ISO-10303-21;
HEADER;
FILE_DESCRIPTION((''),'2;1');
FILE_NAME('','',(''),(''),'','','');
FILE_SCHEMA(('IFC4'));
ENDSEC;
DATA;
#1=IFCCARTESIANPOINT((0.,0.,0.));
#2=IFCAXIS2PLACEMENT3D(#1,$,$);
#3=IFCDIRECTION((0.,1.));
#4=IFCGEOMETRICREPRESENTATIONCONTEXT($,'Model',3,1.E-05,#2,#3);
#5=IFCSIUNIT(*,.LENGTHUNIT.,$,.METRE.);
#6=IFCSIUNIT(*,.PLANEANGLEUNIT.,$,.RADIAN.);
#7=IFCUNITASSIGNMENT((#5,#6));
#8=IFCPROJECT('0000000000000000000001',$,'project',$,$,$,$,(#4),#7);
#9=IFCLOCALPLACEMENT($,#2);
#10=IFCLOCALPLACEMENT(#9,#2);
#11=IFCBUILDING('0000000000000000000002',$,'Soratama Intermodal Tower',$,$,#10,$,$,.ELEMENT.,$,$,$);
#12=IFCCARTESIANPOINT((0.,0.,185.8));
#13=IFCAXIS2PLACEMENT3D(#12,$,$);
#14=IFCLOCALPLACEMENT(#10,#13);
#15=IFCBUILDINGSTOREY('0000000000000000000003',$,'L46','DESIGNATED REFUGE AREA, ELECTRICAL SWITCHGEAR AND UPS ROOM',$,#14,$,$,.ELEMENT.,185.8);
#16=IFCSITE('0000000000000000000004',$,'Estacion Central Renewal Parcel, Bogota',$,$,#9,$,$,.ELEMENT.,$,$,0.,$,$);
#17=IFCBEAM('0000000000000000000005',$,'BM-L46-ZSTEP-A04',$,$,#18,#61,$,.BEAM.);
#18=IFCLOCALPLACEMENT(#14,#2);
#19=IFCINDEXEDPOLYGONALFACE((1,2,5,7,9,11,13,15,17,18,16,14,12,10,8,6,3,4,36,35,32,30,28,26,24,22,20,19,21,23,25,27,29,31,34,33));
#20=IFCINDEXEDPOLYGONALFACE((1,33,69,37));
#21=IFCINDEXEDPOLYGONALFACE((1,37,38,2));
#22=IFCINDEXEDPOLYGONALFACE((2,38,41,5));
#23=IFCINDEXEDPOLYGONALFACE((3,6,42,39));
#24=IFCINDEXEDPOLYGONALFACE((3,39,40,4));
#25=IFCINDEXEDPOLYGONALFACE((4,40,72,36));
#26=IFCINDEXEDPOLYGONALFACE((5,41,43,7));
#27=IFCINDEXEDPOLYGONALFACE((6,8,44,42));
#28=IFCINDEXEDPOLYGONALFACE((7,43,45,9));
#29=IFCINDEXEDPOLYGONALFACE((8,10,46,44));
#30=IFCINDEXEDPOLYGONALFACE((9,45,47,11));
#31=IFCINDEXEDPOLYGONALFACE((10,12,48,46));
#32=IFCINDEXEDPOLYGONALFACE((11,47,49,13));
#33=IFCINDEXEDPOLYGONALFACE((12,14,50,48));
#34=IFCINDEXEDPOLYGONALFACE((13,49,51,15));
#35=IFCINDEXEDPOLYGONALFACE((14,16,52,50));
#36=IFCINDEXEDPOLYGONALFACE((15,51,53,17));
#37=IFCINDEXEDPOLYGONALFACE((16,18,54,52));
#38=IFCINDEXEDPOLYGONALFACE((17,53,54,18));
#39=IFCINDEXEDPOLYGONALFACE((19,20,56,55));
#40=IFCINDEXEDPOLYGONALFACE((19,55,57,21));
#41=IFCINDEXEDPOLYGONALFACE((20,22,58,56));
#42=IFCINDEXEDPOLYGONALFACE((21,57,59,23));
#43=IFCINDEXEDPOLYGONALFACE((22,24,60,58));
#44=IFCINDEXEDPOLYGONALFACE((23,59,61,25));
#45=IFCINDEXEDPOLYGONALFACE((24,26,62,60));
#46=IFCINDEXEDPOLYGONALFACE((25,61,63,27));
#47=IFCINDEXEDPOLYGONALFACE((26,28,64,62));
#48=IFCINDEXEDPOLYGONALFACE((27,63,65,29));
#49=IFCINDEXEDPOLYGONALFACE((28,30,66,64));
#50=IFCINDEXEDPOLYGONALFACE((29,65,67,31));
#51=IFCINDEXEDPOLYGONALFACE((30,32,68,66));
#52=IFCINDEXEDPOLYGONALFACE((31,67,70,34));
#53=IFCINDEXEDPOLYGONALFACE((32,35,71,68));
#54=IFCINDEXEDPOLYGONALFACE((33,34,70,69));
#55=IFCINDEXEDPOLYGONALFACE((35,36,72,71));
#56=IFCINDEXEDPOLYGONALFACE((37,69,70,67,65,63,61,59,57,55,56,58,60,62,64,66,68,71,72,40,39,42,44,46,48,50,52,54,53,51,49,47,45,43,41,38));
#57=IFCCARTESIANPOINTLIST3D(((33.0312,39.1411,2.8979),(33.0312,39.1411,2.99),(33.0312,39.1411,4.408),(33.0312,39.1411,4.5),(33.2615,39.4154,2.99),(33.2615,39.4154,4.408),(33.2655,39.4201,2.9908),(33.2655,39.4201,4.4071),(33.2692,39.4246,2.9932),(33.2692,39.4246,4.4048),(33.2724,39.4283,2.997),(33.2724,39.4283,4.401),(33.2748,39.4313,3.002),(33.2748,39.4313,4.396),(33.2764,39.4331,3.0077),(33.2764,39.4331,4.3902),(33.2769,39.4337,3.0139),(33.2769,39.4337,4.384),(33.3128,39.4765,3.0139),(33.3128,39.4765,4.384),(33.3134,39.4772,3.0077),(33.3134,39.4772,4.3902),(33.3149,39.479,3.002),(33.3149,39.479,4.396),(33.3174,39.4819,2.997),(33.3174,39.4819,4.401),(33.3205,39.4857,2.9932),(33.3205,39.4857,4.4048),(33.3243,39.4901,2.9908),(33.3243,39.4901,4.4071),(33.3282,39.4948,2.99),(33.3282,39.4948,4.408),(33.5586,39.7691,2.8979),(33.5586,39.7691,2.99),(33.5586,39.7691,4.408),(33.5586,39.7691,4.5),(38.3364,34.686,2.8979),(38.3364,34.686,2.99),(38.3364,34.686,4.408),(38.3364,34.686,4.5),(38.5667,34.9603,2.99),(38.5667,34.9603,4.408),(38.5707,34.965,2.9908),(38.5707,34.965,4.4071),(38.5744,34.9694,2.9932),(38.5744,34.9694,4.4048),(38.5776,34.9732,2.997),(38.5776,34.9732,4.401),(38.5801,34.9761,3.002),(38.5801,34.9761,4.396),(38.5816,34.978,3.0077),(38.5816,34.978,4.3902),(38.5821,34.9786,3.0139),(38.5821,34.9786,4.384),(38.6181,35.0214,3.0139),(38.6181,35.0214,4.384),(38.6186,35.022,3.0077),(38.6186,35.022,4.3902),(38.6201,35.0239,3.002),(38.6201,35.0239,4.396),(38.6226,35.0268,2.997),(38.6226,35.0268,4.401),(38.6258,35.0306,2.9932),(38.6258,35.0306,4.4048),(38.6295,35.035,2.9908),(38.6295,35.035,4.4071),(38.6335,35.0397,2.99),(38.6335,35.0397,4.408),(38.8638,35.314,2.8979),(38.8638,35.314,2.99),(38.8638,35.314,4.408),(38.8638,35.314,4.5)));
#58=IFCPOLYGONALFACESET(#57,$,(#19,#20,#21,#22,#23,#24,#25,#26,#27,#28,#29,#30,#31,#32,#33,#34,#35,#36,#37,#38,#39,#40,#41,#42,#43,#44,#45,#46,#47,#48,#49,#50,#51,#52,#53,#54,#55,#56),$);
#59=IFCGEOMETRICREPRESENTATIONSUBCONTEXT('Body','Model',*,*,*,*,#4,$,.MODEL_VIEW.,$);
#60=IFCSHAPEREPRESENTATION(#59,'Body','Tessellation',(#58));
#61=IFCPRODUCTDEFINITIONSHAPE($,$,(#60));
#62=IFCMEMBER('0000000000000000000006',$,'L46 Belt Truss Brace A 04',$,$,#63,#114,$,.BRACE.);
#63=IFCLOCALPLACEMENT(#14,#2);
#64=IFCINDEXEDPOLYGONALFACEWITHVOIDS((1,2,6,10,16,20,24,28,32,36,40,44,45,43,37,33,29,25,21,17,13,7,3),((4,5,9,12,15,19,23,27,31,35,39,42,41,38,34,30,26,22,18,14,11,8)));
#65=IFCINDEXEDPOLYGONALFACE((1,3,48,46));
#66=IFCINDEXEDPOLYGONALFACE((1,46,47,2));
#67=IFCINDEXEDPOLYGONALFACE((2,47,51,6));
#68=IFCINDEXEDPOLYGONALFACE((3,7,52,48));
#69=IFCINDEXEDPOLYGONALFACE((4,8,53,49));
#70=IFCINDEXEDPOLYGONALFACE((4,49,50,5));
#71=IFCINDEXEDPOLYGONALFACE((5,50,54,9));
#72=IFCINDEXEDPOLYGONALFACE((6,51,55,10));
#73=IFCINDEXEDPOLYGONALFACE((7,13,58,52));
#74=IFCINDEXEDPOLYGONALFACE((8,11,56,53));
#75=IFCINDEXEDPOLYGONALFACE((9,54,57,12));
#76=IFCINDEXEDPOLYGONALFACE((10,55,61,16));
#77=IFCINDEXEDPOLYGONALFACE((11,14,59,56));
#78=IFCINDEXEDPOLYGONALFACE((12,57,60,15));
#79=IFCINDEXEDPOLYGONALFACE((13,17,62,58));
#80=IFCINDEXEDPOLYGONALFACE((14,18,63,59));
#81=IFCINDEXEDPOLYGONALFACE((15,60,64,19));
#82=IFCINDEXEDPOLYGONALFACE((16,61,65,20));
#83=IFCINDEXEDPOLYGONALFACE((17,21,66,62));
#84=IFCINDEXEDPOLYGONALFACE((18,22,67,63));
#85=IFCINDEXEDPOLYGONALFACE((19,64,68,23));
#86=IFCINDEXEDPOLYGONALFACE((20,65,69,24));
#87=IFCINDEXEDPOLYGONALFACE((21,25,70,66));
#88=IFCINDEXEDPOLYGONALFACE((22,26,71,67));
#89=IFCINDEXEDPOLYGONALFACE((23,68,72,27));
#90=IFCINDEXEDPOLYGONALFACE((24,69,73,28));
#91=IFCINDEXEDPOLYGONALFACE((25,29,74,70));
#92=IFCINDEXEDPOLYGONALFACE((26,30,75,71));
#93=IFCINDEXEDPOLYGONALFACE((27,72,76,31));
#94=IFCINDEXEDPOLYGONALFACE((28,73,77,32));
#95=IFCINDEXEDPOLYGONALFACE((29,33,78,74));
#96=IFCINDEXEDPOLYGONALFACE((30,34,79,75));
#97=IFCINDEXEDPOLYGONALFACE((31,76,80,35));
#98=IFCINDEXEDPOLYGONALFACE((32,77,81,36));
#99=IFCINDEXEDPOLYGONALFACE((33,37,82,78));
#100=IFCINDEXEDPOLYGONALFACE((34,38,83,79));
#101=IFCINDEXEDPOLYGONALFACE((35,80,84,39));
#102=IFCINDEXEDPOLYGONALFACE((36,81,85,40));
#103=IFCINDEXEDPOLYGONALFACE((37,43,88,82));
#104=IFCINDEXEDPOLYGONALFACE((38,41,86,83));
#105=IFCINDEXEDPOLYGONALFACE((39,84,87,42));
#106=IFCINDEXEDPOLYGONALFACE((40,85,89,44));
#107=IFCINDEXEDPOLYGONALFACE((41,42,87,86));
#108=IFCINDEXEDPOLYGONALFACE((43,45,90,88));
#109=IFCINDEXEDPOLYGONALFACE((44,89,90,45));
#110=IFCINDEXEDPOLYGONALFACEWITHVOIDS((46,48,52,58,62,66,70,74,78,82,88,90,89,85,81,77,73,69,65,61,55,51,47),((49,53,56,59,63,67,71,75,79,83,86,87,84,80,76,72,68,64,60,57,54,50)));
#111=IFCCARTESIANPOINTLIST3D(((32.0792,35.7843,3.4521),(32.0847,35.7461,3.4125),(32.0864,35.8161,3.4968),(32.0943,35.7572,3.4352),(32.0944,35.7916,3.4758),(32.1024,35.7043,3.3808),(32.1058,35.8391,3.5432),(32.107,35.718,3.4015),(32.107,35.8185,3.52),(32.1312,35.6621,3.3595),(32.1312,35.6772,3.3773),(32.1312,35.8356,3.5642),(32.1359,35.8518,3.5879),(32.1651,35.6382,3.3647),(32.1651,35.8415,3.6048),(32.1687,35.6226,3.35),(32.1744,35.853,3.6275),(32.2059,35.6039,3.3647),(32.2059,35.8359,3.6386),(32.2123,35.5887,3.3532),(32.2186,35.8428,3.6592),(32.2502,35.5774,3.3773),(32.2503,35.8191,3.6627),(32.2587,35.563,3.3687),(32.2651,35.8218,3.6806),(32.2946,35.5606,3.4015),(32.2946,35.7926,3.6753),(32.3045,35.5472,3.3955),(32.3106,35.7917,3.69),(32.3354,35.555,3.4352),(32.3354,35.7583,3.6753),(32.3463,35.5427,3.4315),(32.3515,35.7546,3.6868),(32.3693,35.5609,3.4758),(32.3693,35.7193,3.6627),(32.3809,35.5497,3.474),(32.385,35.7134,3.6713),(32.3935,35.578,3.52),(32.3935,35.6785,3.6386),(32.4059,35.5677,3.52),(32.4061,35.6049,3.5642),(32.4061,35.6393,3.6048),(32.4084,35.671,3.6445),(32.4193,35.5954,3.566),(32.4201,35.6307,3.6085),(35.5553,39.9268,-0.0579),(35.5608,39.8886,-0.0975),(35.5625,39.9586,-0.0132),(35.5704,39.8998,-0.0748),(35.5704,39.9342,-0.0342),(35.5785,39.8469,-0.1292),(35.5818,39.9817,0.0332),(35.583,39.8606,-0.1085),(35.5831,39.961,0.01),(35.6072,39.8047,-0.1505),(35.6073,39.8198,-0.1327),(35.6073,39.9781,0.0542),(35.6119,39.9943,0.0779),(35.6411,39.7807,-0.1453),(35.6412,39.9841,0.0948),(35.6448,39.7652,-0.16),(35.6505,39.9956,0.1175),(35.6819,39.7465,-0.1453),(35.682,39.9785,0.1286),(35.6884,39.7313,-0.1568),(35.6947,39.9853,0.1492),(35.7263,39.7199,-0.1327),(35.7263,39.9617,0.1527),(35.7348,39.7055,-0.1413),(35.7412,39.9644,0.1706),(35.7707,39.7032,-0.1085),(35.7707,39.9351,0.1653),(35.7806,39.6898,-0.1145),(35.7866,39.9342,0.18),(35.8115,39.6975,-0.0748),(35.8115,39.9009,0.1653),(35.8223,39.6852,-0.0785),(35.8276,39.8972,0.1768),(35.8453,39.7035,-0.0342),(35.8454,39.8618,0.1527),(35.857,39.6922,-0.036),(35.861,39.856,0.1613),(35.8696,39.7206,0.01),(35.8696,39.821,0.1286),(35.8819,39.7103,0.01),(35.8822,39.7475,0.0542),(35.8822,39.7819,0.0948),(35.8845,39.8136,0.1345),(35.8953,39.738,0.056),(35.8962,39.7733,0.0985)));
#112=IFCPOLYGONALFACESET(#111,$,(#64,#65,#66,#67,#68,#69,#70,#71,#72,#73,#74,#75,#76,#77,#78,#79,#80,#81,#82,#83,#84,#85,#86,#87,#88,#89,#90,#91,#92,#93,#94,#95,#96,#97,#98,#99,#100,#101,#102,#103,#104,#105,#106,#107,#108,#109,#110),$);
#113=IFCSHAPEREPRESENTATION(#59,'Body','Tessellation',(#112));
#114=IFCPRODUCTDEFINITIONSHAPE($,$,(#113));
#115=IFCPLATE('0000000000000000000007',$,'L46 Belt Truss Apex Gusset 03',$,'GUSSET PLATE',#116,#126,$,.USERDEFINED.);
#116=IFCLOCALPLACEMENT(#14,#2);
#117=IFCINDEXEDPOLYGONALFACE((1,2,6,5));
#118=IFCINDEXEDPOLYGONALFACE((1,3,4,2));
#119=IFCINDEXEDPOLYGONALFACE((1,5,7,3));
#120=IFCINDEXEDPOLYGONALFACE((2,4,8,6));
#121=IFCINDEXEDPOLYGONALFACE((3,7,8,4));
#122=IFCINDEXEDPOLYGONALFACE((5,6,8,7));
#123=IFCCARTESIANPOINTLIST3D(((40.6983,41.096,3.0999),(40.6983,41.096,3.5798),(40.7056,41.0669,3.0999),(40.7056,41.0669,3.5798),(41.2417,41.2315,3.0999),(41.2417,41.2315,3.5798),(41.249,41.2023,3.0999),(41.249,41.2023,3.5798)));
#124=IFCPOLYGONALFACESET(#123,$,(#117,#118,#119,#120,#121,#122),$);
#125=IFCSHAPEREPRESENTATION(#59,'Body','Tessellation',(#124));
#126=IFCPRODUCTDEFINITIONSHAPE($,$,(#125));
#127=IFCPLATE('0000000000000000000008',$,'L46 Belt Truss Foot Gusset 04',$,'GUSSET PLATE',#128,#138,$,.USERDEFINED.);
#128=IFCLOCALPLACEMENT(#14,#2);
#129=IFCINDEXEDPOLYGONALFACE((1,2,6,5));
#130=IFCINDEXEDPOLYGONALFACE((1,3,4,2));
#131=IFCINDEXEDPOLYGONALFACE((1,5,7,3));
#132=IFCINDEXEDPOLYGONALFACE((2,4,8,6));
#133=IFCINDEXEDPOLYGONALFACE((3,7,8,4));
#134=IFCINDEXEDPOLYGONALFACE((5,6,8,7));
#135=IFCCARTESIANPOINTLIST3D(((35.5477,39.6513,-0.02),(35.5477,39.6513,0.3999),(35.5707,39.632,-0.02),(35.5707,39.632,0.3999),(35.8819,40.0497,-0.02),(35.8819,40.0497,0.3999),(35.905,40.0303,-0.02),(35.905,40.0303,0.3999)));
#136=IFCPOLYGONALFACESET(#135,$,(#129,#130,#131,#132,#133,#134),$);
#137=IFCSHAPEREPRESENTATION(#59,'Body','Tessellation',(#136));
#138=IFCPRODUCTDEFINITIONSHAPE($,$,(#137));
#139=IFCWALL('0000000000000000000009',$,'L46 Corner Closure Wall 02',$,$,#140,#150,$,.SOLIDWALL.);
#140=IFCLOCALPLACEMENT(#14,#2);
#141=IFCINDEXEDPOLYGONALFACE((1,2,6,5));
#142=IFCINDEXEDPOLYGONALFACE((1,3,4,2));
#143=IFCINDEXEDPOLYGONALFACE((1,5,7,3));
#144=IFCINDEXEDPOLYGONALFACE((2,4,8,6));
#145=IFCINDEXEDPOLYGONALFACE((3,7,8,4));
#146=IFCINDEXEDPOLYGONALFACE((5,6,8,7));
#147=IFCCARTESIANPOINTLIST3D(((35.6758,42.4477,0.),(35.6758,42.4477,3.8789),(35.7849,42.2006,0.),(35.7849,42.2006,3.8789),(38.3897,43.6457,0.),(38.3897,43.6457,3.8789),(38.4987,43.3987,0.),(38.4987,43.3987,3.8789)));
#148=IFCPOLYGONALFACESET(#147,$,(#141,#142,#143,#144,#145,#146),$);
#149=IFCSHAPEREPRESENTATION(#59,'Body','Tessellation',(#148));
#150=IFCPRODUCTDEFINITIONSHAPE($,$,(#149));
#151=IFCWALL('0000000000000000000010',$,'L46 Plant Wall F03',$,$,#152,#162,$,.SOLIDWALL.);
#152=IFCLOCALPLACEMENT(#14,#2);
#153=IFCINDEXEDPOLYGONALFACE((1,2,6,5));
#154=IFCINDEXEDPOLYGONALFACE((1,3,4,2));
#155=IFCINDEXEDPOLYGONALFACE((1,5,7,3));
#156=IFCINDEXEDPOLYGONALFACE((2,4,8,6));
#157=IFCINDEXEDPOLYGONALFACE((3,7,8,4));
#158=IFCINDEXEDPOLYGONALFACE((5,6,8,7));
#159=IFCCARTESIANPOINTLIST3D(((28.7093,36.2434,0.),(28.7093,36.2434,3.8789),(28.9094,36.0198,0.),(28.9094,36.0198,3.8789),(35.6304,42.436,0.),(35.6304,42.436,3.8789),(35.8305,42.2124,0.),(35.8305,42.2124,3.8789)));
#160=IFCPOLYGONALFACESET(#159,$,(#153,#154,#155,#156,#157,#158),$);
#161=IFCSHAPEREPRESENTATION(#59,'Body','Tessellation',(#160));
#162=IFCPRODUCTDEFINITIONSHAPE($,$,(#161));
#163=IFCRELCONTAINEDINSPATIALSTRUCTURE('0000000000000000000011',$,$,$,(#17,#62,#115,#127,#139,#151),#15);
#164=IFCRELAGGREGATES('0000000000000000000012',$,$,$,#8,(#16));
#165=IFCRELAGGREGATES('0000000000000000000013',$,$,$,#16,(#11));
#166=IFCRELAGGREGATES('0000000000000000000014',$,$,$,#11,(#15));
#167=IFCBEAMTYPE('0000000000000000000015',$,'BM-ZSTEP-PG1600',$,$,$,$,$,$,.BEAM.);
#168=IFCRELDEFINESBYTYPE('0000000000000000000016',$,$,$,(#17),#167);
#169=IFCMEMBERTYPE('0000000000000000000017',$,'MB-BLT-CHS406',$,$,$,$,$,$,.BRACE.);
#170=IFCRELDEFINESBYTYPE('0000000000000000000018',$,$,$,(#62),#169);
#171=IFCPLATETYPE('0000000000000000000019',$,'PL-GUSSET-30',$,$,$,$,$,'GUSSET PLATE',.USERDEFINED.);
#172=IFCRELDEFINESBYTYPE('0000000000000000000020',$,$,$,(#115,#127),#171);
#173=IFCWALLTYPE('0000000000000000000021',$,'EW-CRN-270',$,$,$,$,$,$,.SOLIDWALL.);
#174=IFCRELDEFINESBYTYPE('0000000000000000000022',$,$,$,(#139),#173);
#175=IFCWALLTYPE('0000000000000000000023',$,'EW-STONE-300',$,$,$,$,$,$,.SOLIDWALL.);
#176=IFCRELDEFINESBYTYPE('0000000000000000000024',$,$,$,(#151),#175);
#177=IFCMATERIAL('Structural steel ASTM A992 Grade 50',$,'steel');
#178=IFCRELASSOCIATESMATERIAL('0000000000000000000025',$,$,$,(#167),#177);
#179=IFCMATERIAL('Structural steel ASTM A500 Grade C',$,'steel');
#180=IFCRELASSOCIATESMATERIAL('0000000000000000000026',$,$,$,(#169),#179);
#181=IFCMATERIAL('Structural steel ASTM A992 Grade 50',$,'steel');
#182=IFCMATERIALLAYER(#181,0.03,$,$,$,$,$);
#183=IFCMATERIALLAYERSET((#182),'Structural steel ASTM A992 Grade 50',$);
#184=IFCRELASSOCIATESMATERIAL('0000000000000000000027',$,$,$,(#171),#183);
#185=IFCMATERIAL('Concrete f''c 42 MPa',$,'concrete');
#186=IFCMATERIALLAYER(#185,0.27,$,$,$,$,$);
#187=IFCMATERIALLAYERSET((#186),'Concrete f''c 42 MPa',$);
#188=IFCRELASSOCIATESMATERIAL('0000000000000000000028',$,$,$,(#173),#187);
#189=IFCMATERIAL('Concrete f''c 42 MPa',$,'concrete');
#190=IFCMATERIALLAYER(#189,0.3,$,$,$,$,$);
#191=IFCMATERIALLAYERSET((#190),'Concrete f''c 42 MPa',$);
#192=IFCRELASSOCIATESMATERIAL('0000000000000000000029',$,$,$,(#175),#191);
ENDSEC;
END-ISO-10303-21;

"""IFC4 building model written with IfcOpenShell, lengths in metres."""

from ifc_helpers import new_model, si_unit, direction, frame, frame_2d, origin, origin_2d, place, context, subcontext, project, spatial, rectangle, hollow_circle, i_section, extrude, material, layer, layer_set, material_profile, profile_set, type_object, element, save


model = new_model("IFC4")

# Units and contexts
model_context = context("Model", 3, precision=1e-05, world=origin(), true_north=direction((0.0, 1.0)))
body_context = subcontext(model_context, "Body", "Model", "MODEL_VIEW")
ifc_project = project(units=[si_unit("LENGTHUNIT", "METRE"), si_unit("PLANEANGLEUNIT", "RADIAN")], contexts=[model_context])

# Site, building, storey
site_placement = place(None, origin())
site = spatial("IfcSite", under=ifc_project, at=site_placement, Name="Estacion Central Renewal Parcel, Bogota", CompositionType="ELEMENT", RefElevation=0.0)
building_placement = place(site_placement, origin())
building = spatial("IfcBuilding", under=site, at=building_placement, Name="Soratama Intermodal Tower", CompositionType="ELEMENT")
storey_placement = place(building_placement, frame((0.0, 0.0, 185.8)))
storey = spatial("IfcBuildingStorey", under=building, at=storey_placement, Name="L46", Description="DESIGNATED REFUGE AREA, ELECTRICAL SWITCHGEAR AND UPS ROOM", CompositionType="ELEMENT", Elevation=185.8)

# Beam
ifc_material_1 = material(Name="Structural steel ASTM A992 Grade 50", Category="steel")
ifc_material_profile_1 = material_profile(ifc_material_1, i_section(OverallWidth=0.8201, OverallDepth=1.6021, WebThickness=0.0559, FlangeThickness=0.092, FilletRadius=0.0239, at=origin_2d()), Name="PG1600X650")
ifc_profile_set_1 = profile_set([ifc_material_profile_1], Name="Structural steel ASTM A992 Grade 50")
beam_type_1 = type_object("IfcBeamType", Name="BM-ZSTEP-PG1600", PredefinedType="BEAM", material=ifc_profile_set_1)
beam_1_placement = place(storey_placement, frame((38.6001, 35.0, 3.699), z_axis=(-0.765795, 0.643085, 0.0), x_axis=(-0.643085, -0.765795, 0.0)))
element("IfcBeam", 1, at=beam_1_placement, inside=storey, type_object=beam_type_1, Name="BM-L46-ZSTEP-A04", PredefinedType="BEAM", context=body_context, shape_type="SweptSolid", body=[
    extrude(i_section(OverallWidth=0.8201, OverallDepth=1.6021, WebThickness=0.0559, FlangeThickness=0.092, FilletRadius=0.0239, at=origin_2d()), origin(), (0.0, 0.0, 1.0), 6.9277),
])

# Member
ifc_material_2 = material(Name="Structural steel ASTM A500 Grade C", Category="steel")
ifc_material_profile_2 = material_profile(ifc_material_2, hollow_circle(Radius=0.2031, WallThickness=0.0161, at=origin_2d()), Name="CHS406X16")
ifc_profile_set_2 = profile_set([ifc_material_profile_2], Name="Structural steel ASTM A500 Grade C")
member_type = type_object("IfcMemberType", Name="MB-BLT-CHS406", PredefinedType="BRACE", material=ifc_profile_set_2)
member_placement = place(storey_placement, frame((35.7263, 39.8408, 0.01), z_axis=(-0.539174, -0.642556, 0.544438), x_axis=(0.766041, -0.642792, 0.0)))
element("IfcMember", 2, at=member_placement, inside=storey, type_object=member_type, Name="L46 Belt Truss Brace A 04", PredefinedType="BRACE", context=body_context, shape_type="SweptSolid", body=[
    extrude(hollow_circle(Radius=0.2031, WallThickness=0.0161, at=origin_2d()), origin(), (0.0, 0.0, 1.0), 6.447),
])

# Plates
ifc_material_3 = material(Name="Structural steel ASTM A992 Grade 50", Category="steel")
ifc_layer_1 = layer(ifc_material_3, 0.03)
ifc_layer_set_1 = layer_set([ifc_layer_1], Name="Structural steel ASTM A992 Grade 50")
plate_type = type_object("IfcPlateType", Name="PL-GUSSET-30", ElementType="GUSSET PLATE", PredefinedType="USERDEFINED", material=ifc_layer_set_1)
plate_1_placement = place(storey_placement, frame((40.9736, 41.1492, 3.0999), z_axis=(0.0, 0.0, 1.0), x_axis=(-0.970296, -0.241922, 0.0)))
element("IfcPlate", 3, at=plate_1_placement, inside=storey, type_object=plate_type, Name="L46 Belt Truss Apex Gusset 03", ObjectType="GUSSET PLATE", PredefinedType="USERDEFINED", context=body_context, shape_type="SweptSolid", body=[
    extrude(rectangle(XDim=0.5601, YDim=0.03, at=origin_2d()), origin(), (0.0, 0.0, 1.0), 0.48),
])
plate_2_placement = place(storey_placement, frame((35.7263, 39.8408, -0.02), z_axis=(0.0, 0.0, 1.0), x_axis=(-0.642788, -0.766044, 0.0)))
element("IfcPlate", 4, at=plate_2_placement, inside=storey, type_object=plate_type, Name="L46 Belt Truss Foot Gusset 04", ObjectType="GUSSET PLATE", PredefinedType="USERDEFINED", context=body_context, shape_type="SweptSolid", body=[
    extrude(rectangle(XDim=0.52, YDim=0.03, at=origin_2d()), origin(), (0.0, 0.0, 1.0), 0.4199),
])

# Walls
ifc_material_4 = material(Name="Concrete f'c 42 MPa", Category="concrete")
ifc_layer_2 = layer(ifc_material_4, 0.27)
ifc_layer_set_2 = layer_set([ifc_layer_2], Name="Concrete f'c 42 MPa")
wall_type_1 = type_object("IfcWallType", Name="EW-CRN-270", PredefinedType="SOLIDWALL", material=ifc_layer_set_2)
wall_1_placement = place(storey_placement, frame((38.4443, 43.5222, 0.0), z_axis=(0.0, 0.0, 1.0), x_axis=(-0.91483, -0.403839, 0.0)))
element("IfcWall", 5, at=wall_1_placement, inside=storey, type_object=wall_type_1, Name="L46 Corner Closure Wall 02", PredefinedType="SOLIDWALL", context=body_context, shape_type="SweptSolid", body=[
    extrude(rectangle(XDim=2.9666, YDim=0.27, at=frame_2d((1.4834, 0.0))), origin(), (0.0, 0.0, 1.0), 3.8789),
])
ifc_material_5 = material(Name="Concrete f'c 42 MPa", Category="concrete")
ifc_layer_3 = layer(ifc_material_5, 0.3)
ifc_layer_set_3 = layer_set([ifc_layer_3], Name="Concrete f'c 42 MPa")
wall_type_2 = type_object("IfcWallType", Name="EW-STONE-300", PredefinedType="SOLIDWALL", material=ifc_layer_set_3)
wall_2_placement = place(storey_placement, frame((35.7305, 42.3242, 0.0), z_axis=(0.0, 0.0, 1.0), x_axis=(-0.74524, -0.666796, 0.0)))
element("IfcWall", 6, at=wall_2_placement, inside=storey, type_object=wall_type_2, Name="L46 Plant Wall F03", PredefinedType="SOLIDWALL", context=body_context, shape_type="SweptSolid", body=[
    extrude(rectangle(XDim=9.2871, YDim=0.3, at=frame_2d((4.6436, 0.0))), origin(), (0.0, 0.0, 1.0), 3.8789),
])

save(model, "model.ifc")
